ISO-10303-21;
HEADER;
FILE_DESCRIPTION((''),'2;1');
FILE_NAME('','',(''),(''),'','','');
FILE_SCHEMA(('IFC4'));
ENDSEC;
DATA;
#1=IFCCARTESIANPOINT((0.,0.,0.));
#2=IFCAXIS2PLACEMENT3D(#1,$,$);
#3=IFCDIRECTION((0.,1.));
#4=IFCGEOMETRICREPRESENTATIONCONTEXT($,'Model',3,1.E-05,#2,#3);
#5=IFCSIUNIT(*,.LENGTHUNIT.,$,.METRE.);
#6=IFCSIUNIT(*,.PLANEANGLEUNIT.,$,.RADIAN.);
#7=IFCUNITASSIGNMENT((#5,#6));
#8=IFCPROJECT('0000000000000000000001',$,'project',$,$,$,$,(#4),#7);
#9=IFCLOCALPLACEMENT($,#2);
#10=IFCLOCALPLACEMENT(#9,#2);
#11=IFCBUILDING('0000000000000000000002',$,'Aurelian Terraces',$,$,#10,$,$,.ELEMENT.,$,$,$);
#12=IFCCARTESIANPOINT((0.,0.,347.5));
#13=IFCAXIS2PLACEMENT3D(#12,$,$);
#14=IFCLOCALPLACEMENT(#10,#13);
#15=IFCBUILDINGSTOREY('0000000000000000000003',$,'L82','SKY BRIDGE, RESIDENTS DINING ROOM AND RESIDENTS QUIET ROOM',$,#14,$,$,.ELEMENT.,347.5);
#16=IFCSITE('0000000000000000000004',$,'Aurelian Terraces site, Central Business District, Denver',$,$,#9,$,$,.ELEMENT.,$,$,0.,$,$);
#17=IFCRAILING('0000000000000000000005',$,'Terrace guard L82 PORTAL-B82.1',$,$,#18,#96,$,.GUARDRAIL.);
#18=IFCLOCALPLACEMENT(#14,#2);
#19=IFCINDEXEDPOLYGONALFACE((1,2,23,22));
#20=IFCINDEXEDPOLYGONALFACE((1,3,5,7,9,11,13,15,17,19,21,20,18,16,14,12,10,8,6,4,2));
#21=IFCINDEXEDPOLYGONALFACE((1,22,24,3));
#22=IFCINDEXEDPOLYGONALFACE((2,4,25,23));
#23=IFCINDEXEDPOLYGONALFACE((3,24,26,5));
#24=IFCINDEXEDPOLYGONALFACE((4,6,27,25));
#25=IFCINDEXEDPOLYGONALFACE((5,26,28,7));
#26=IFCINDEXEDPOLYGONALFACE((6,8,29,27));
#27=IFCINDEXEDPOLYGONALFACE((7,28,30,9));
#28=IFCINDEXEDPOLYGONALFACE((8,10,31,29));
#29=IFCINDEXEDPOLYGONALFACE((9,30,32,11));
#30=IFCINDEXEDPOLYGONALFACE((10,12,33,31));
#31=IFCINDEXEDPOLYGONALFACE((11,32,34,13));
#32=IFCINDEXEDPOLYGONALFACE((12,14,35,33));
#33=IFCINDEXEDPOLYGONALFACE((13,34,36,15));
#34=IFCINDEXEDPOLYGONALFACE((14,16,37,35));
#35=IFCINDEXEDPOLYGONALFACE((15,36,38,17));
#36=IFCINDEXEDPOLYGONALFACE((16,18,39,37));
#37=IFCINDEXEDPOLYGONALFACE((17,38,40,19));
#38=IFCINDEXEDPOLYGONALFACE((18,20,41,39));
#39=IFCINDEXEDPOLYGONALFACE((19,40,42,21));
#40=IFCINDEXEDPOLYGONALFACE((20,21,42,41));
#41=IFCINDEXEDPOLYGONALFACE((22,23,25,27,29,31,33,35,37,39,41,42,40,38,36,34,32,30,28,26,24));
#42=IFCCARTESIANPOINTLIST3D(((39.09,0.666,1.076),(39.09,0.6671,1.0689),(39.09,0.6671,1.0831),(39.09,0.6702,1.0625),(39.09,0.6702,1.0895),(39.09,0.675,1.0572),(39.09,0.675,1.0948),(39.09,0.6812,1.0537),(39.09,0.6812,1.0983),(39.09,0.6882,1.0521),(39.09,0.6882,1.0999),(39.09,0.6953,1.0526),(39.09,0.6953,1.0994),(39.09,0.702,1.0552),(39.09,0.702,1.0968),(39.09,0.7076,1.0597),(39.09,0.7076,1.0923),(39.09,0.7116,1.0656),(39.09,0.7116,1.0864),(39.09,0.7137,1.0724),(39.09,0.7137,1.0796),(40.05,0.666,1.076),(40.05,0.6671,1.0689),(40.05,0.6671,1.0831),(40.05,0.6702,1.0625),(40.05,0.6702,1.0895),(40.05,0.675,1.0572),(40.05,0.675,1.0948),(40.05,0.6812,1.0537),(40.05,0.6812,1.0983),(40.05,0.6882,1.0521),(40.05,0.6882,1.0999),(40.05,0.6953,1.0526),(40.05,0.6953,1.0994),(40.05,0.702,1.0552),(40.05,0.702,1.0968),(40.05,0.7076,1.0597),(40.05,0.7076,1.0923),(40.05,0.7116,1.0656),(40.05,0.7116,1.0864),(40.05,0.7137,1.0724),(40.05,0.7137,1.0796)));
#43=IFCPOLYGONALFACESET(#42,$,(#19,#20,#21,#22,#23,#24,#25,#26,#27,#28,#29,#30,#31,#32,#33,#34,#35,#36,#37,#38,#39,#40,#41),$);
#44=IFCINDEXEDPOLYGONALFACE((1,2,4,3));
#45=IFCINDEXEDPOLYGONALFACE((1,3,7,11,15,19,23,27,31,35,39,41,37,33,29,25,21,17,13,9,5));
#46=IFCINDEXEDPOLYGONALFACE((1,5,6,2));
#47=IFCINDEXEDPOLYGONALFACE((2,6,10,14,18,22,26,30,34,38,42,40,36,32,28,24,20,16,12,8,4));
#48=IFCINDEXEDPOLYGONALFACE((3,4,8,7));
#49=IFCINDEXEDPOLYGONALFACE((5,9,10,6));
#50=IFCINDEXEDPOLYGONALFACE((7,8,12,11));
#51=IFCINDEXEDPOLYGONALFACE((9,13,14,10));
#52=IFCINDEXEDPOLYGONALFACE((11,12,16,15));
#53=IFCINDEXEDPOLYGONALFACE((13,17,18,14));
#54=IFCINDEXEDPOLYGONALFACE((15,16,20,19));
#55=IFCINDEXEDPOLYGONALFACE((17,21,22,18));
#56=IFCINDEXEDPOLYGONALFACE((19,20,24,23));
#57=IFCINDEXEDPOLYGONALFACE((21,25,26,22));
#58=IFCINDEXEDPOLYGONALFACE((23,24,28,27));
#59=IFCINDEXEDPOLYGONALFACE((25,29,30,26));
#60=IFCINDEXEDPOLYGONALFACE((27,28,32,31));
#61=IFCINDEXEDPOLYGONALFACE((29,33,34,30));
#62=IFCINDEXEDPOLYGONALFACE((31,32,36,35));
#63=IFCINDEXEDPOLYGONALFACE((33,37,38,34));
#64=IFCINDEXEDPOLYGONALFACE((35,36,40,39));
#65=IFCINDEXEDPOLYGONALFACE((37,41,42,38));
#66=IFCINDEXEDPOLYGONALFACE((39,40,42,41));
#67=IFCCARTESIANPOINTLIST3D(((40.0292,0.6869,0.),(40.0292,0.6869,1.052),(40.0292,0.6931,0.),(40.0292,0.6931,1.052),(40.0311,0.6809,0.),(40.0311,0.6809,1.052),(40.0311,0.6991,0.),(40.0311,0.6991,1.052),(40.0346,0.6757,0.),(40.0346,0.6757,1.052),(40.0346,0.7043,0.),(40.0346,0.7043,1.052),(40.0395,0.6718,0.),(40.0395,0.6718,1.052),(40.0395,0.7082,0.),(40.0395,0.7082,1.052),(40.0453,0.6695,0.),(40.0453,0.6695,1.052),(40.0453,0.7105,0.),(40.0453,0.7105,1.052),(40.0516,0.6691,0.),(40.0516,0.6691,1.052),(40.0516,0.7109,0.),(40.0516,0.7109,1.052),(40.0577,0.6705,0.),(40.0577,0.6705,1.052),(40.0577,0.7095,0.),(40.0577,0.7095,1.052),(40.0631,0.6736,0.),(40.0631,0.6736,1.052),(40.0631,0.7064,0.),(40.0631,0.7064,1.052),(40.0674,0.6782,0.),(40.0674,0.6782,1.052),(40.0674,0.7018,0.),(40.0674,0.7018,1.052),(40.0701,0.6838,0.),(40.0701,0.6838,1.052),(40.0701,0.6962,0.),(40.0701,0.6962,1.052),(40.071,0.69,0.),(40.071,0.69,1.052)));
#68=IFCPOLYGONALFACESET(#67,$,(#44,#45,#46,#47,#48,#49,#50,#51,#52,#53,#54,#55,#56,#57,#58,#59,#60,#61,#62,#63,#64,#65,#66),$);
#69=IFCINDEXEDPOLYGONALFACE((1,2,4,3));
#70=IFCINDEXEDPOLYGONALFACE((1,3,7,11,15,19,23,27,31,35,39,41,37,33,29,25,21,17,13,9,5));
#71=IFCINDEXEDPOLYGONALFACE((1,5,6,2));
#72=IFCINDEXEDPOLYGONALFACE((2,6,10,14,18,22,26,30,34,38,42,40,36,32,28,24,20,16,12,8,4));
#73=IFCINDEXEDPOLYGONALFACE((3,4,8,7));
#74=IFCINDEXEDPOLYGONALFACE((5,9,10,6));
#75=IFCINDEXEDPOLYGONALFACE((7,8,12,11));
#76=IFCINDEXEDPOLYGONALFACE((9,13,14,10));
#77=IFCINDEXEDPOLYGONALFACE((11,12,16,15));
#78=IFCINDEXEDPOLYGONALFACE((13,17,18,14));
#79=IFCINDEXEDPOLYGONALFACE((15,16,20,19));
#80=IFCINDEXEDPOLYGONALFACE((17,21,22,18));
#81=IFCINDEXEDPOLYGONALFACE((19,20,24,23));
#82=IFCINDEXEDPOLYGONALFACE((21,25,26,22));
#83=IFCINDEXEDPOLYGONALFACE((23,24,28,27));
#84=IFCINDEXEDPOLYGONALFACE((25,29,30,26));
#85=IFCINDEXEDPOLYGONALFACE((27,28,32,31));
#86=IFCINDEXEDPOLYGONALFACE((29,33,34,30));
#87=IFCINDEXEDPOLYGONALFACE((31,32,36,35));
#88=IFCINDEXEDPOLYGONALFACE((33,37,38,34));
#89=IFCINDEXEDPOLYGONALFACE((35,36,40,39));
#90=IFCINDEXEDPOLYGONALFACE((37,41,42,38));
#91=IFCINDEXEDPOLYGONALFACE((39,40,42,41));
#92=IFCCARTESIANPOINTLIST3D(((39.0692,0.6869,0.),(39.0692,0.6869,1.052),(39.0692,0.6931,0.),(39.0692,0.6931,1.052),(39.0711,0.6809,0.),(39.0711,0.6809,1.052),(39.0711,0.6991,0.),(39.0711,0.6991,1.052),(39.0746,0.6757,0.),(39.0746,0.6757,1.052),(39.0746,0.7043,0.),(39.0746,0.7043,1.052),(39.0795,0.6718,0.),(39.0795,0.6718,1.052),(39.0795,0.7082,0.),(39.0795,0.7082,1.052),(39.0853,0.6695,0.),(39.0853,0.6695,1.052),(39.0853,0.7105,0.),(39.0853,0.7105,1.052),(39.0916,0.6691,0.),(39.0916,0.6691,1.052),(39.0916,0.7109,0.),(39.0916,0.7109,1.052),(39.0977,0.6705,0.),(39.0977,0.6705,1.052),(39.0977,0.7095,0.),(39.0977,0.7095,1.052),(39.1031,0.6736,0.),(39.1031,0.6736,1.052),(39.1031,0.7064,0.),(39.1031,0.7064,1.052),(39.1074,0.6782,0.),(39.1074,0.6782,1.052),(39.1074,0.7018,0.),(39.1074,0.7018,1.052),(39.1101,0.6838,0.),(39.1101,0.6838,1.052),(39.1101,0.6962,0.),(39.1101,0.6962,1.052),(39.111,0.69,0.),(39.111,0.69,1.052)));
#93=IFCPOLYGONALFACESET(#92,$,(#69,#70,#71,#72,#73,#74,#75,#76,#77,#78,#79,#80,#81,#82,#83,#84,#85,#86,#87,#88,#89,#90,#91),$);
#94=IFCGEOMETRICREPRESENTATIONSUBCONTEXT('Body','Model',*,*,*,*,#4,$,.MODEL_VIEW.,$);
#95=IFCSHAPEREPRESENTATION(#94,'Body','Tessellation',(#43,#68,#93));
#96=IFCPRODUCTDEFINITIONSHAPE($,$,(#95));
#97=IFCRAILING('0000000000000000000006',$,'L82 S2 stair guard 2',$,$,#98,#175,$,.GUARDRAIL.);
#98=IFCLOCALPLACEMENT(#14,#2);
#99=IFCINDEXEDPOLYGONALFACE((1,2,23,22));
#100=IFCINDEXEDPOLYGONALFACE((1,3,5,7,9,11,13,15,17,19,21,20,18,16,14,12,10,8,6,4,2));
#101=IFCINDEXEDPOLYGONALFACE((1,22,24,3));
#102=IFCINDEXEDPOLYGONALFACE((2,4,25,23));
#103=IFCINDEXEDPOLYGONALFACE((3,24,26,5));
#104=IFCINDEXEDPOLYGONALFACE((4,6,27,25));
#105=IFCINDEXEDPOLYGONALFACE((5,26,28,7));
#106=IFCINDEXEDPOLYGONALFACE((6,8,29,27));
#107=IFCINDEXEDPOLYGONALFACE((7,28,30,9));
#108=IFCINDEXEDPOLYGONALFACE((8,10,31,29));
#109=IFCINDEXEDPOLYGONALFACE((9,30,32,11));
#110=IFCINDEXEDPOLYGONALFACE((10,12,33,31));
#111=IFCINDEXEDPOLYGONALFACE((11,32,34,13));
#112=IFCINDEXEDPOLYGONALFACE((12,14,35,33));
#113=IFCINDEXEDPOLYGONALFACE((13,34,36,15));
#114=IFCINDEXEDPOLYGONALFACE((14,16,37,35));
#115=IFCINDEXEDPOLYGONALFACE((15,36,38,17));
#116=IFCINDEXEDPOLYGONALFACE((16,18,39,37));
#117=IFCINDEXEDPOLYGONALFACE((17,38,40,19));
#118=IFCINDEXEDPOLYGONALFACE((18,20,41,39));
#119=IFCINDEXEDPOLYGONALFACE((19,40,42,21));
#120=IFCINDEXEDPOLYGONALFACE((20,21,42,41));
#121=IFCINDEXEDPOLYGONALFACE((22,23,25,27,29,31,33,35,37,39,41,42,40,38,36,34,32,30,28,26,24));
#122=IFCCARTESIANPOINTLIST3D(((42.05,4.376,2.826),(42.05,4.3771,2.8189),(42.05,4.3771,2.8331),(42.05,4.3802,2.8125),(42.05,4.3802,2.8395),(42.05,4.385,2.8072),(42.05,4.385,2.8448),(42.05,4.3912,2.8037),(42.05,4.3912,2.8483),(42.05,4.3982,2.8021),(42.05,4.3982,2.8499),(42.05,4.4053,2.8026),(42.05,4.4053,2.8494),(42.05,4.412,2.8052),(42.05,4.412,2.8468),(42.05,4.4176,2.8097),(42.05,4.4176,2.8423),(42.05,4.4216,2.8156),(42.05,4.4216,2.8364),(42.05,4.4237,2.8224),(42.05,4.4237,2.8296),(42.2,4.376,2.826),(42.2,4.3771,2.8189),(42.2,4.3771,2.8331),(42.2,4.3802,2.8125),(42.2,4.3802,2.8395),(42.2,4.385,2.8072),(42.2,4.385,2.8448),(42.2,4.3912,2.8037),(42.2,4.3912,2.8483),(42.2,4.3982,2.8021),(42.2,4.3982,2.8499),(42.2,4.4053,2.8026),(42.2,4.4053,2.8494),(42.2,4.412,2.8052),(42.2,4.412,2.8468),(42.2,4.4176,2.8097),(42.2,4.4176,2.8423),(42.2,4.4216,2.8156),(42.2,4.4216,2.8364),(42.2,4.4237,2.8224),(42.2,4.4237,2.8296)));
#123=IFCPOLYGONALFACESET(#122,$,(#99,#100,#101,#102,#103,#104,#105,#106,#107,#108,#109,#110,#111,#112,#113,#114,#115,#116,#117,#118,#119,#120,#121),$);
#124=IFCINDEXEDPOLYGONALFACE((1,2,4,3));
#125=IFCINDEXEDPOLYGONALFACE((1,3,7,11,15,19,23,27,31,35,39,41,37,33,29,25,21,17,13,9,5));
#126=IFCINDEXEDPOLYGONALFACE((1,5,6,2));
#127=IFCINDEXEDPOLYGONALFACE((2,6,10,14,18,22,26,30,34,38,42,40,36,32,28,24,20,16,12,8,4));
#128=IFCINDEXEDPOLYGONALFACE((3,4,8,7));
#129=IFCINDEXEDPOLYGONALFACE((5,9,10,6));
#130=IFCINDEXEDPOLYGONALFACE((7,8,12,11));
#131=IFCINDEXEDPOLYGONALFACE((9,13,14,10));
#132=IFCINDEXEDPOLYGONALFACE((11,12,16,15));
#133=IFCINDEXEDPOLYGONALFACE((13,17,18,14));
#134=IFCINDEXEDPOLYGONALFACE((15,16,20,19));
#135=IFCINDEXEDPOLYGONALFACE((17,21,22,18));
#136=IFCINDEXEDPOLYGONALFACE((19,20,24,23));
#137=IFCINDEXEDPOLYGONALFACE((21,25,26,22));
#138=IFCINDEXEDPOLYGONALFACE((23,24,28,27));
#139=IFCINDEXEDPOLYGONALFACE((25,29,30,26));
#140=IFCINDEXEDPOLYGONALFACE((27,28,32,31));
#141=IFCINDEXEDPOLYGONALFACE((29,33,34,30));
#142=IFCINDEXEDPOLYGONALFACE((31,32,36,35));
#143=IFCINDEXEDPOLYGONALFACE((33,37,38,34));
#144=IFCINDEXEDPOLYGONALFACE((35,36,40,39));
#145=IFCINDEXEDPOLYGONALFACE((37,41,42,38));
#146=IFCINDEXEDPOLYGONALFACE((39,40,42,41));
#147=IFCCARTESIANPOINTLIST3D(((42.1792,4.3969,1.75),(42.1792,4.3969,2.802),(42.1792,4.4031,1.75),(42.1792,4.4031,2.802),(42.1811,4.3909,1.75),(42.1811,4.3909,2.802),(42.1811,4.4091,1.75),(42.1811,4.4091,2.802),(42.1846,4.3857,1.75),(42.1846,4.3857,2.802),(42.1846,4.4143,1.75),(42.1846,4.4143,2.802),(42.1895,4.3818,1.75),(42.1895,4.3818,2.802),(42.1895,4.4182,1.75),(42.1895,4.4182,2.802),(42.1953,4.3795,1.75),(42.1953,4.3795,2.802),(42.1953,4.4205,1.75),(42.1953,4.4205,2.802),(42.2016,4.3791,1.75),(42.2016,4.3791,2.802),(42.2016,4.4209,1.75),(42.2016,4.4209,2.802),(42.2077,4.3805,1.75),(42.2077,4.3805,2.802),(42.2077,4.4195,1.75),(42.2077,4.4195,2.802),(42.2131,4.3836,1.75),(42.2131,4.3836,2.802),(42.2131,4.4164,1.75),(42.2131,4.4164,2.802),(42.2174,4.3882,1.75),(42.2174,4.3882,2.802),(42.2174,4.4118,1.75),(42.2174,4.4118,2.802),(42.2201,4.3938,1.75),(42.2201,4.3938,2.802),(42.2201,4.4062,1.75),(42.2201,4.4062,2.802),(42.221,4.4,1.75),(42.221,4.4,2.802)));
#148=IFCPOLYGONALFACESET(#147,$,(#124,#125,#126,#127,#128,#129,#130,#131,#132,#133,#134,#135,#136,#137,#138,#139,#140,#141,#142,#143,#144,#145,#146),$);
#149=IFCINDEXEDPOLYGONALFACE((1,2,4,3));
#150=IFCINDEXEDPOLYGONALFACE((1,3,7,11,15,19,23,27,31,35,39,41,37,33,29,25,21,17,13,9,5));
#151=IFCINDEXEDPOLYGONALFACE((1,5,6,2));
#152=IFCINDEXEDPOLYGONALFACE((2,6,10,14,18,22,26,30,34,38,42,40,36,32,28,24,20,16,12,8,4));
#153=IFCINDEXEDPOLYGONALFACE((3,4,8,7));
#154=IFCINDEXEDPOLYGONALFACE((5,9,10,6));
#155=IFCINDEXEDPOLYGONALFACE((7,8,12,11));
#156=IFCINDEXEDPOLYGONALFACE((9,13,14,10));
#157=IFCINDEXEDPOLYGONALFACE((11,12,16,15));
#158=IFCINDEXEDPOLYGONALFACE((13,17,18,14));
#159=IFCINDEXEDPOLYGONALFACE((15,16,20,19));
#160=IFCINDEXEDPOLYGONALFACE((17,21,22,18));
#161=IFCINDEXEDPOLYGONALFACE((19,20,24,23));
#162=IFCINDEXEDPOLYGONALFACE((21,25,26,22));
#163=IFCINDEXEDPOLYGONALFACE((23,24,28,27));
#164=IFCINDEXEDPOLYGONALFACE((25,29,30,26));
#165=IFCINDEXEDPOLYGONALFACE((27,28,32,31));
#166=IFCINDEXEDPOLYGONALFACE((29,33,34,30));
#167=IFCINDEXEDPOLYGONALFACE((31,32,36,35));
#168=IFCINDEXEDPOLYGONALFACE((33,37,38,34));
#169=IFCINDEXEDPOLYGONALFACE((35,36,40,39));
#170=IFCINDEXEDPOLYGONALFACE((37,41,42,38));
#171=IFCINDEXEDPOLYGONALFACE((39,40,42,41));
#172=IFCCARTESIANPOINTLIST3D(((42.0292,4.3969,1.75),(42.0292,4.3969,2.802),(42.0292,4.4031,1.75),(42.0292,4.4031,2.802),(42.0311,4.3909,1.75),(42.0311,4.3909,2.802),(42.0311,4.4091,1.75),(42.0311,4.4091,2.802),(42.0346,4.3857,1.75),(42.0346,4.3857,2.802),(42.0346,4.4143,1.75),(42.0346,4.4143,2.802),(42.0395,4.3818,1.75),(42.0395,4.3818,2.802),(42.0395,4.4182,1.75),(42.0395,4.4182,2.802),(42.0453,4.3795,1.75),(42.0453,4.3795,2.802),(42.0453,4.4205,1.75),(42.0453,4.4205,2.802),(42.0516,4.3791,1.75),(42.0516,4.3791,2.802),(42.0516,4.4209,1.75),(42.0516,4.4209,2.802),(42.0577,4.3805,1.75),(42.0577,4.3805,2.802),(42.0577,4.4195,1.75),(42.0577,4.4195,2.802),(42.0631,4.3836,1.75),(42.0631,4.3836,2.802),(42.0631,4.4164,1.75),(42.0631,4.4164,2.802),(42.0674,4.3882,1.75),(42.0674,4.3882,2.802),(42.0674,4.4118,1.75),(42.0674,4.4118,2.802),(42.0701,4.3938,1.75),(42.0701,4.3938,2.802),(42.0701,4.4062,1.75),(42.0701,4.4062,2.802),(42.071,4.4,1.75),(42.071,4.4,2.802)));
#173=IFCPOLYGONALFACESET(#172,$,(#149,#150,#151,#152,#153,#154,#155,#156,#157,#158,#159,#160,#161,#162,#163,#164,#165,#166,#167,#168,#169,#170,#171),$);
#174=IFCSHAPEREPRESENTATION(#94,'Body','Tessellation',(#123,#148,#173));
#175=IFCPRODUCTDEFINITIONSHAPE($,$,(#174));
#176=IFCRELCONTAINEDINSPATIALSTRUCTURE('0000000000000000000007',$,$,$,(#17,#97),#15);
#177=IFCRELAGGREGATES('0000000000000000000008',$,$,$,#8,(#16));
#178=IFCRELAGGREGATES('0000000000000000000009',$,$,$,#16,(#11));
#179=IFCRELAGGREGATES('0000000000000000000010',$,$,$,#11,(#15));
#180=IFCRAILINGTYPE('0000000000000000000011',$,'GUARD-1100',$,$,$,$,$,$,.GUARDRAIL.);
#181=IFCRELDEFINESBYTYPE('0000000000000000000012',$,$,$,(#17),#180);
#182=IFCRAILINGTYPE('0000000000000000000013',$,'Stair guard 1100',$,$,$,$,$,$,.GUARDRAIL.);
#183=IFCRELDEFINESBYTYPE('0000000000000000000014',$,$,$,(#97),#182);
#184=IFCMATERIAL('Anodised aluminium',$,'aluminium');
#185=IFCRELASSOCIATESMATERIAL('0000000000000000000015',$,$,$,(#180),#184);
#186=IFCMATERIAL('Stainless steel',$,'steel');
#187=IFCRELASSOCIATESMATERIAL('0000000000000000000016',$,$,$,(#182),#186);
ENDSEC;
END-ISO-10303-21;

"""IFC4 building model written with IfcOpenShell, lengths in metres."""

from ifc_helpers import new_model, si_unit, direction, frame, origin, origin_2d, place, context, subcontext, project, spatial, circle, extrude, source, transform, mapped, material, type_object, element, save


model = new_model("IFC4")

# Units and contexts
model_context = context("Model", 3, precision=1e-05, world=origin(), true_north=direction((0.0, 1.0)))
body_context = subcontext(model_context, "Body", "Model", "MODEL_VIEW")
ifc_project = project(units=[si_unit("LENGTHUNIT", "METRE"), si_unit("PLANEANGLEUNIT", "RADIAN")], contexts=[model_context])

# Site, building, storey
site_placement = place(None, origin())
site = spatial("IfcSite", under=ifc_project, at=site_placement, Name="Aurelian Terraces site, Central Business District, Denver", CompositionType="ELEMENT", RefElevation=0.0)
building_placement = place(site_placement, origin())
building = spatial("IfcBuilding", under=site, at=building_placement, Name="Aurelian Terraces", CompositionType="ELEMENT")
storey_placement = place(building_placement, frame((0.0, 0.0, 347.5)))
storey = spatial("IfcBuildingStorey", under=building, at=storey_placement, Name="L82", Description="SKY BRIDGE, RESIDENTS DINING ROOM AND RESIDENTS QUIET ROOM", CompositionType="ELEMENT", Elevation=347.5)

# Railings
ifc_material_1 = material(Name="Anodised aluminium", Category="aluminium")
railing_type_1 = type_object("IfcRailingType", Name="GUARD-1100", PredefinedType="GUARDRAIL", material=ifc_material_1)
shared_shape_1 = source(origin(), body_context, "Body", "SweptSolid", [
    extrude(circle(Radius=0.024, at=origin_2d()), frame((0.0, 0.0, 1.076), z_axis=(-1.0, 0.0, 0.0), x_axis=(0.0, -1.0, 0.0)), (0.0, 0.0, 1.0), 0.96),
    extrude(circle(Radius=0.021, at=origin_2d()), origin(), (0.0, 0.0, 1.0), 1.052),
    extrude(circle(Radius=0.021, at=origin_2d()), frame((-0.96, 0.0, 0.0)), (0.0, 0.0, 1.0), 1.052),
])
railing_1_placement = place(storey_placement, frame((40.05, 0.69, 0.0)))
element("IfcRailing", 1, at=railing_1_placement, inside=storey, type_object=railing_type_1, Name="Terrace guard L82 PORTAL-B82.1", PredefinedType="GUARDRAIL", context=body_context, shape_type="MappedRepresentation", body=[
    mapped(shared_shape_1, transform((0.0, 0.0, 0.0), scale=1.0)),
])
ifc_material_2 = material(Name="Stainless steel", Category="steel")
railing_type_2 = type_object("IfcRailingType", Name="Stair guard 1100", PredefinedType="GUARDRAIL", material=ifc_material_2)
shared_shape_2 = source(origin(), body_context, "Body", "SweptSolid", [
    extrude(circle(Radius=0.024, at=origin_2d()), frame((0.0, 0.0, 1.076), z_axis=(-1.0, 0.0, 0.0), x_axis=(0.0, -1.0, 0.0)), (0.0, 0.0, 1.0), 0.15),
    extrude(circle(Radius=0.021, at=origin_2d()), origin(), (0.0, 0.0, 1.0), 1.052),
    extrude(circle(Radius=0.021, at=origin_2d()), frame((-0.15, 0.0, 0.0)), (0.0, 0.0, 1.0), 1.052),
])
for number, where, name in (
    (2, (42.2, 4.4, 1.75), "L82 S2 stair guard 2"),
):
    element("IfcRailing", number, at=place(storey_placement, frame(where)), inside=storey, type_object=railing_type_2, Name=name, PredefinedType="GUARDRAIL", context=body_context, shape_type="MappedRepresentation", body=[
        mapped(shared_shape_2, transform((0.0, 0.0, 0.0), scale=1.0)),
    ])

save(model, "model.ifc")
